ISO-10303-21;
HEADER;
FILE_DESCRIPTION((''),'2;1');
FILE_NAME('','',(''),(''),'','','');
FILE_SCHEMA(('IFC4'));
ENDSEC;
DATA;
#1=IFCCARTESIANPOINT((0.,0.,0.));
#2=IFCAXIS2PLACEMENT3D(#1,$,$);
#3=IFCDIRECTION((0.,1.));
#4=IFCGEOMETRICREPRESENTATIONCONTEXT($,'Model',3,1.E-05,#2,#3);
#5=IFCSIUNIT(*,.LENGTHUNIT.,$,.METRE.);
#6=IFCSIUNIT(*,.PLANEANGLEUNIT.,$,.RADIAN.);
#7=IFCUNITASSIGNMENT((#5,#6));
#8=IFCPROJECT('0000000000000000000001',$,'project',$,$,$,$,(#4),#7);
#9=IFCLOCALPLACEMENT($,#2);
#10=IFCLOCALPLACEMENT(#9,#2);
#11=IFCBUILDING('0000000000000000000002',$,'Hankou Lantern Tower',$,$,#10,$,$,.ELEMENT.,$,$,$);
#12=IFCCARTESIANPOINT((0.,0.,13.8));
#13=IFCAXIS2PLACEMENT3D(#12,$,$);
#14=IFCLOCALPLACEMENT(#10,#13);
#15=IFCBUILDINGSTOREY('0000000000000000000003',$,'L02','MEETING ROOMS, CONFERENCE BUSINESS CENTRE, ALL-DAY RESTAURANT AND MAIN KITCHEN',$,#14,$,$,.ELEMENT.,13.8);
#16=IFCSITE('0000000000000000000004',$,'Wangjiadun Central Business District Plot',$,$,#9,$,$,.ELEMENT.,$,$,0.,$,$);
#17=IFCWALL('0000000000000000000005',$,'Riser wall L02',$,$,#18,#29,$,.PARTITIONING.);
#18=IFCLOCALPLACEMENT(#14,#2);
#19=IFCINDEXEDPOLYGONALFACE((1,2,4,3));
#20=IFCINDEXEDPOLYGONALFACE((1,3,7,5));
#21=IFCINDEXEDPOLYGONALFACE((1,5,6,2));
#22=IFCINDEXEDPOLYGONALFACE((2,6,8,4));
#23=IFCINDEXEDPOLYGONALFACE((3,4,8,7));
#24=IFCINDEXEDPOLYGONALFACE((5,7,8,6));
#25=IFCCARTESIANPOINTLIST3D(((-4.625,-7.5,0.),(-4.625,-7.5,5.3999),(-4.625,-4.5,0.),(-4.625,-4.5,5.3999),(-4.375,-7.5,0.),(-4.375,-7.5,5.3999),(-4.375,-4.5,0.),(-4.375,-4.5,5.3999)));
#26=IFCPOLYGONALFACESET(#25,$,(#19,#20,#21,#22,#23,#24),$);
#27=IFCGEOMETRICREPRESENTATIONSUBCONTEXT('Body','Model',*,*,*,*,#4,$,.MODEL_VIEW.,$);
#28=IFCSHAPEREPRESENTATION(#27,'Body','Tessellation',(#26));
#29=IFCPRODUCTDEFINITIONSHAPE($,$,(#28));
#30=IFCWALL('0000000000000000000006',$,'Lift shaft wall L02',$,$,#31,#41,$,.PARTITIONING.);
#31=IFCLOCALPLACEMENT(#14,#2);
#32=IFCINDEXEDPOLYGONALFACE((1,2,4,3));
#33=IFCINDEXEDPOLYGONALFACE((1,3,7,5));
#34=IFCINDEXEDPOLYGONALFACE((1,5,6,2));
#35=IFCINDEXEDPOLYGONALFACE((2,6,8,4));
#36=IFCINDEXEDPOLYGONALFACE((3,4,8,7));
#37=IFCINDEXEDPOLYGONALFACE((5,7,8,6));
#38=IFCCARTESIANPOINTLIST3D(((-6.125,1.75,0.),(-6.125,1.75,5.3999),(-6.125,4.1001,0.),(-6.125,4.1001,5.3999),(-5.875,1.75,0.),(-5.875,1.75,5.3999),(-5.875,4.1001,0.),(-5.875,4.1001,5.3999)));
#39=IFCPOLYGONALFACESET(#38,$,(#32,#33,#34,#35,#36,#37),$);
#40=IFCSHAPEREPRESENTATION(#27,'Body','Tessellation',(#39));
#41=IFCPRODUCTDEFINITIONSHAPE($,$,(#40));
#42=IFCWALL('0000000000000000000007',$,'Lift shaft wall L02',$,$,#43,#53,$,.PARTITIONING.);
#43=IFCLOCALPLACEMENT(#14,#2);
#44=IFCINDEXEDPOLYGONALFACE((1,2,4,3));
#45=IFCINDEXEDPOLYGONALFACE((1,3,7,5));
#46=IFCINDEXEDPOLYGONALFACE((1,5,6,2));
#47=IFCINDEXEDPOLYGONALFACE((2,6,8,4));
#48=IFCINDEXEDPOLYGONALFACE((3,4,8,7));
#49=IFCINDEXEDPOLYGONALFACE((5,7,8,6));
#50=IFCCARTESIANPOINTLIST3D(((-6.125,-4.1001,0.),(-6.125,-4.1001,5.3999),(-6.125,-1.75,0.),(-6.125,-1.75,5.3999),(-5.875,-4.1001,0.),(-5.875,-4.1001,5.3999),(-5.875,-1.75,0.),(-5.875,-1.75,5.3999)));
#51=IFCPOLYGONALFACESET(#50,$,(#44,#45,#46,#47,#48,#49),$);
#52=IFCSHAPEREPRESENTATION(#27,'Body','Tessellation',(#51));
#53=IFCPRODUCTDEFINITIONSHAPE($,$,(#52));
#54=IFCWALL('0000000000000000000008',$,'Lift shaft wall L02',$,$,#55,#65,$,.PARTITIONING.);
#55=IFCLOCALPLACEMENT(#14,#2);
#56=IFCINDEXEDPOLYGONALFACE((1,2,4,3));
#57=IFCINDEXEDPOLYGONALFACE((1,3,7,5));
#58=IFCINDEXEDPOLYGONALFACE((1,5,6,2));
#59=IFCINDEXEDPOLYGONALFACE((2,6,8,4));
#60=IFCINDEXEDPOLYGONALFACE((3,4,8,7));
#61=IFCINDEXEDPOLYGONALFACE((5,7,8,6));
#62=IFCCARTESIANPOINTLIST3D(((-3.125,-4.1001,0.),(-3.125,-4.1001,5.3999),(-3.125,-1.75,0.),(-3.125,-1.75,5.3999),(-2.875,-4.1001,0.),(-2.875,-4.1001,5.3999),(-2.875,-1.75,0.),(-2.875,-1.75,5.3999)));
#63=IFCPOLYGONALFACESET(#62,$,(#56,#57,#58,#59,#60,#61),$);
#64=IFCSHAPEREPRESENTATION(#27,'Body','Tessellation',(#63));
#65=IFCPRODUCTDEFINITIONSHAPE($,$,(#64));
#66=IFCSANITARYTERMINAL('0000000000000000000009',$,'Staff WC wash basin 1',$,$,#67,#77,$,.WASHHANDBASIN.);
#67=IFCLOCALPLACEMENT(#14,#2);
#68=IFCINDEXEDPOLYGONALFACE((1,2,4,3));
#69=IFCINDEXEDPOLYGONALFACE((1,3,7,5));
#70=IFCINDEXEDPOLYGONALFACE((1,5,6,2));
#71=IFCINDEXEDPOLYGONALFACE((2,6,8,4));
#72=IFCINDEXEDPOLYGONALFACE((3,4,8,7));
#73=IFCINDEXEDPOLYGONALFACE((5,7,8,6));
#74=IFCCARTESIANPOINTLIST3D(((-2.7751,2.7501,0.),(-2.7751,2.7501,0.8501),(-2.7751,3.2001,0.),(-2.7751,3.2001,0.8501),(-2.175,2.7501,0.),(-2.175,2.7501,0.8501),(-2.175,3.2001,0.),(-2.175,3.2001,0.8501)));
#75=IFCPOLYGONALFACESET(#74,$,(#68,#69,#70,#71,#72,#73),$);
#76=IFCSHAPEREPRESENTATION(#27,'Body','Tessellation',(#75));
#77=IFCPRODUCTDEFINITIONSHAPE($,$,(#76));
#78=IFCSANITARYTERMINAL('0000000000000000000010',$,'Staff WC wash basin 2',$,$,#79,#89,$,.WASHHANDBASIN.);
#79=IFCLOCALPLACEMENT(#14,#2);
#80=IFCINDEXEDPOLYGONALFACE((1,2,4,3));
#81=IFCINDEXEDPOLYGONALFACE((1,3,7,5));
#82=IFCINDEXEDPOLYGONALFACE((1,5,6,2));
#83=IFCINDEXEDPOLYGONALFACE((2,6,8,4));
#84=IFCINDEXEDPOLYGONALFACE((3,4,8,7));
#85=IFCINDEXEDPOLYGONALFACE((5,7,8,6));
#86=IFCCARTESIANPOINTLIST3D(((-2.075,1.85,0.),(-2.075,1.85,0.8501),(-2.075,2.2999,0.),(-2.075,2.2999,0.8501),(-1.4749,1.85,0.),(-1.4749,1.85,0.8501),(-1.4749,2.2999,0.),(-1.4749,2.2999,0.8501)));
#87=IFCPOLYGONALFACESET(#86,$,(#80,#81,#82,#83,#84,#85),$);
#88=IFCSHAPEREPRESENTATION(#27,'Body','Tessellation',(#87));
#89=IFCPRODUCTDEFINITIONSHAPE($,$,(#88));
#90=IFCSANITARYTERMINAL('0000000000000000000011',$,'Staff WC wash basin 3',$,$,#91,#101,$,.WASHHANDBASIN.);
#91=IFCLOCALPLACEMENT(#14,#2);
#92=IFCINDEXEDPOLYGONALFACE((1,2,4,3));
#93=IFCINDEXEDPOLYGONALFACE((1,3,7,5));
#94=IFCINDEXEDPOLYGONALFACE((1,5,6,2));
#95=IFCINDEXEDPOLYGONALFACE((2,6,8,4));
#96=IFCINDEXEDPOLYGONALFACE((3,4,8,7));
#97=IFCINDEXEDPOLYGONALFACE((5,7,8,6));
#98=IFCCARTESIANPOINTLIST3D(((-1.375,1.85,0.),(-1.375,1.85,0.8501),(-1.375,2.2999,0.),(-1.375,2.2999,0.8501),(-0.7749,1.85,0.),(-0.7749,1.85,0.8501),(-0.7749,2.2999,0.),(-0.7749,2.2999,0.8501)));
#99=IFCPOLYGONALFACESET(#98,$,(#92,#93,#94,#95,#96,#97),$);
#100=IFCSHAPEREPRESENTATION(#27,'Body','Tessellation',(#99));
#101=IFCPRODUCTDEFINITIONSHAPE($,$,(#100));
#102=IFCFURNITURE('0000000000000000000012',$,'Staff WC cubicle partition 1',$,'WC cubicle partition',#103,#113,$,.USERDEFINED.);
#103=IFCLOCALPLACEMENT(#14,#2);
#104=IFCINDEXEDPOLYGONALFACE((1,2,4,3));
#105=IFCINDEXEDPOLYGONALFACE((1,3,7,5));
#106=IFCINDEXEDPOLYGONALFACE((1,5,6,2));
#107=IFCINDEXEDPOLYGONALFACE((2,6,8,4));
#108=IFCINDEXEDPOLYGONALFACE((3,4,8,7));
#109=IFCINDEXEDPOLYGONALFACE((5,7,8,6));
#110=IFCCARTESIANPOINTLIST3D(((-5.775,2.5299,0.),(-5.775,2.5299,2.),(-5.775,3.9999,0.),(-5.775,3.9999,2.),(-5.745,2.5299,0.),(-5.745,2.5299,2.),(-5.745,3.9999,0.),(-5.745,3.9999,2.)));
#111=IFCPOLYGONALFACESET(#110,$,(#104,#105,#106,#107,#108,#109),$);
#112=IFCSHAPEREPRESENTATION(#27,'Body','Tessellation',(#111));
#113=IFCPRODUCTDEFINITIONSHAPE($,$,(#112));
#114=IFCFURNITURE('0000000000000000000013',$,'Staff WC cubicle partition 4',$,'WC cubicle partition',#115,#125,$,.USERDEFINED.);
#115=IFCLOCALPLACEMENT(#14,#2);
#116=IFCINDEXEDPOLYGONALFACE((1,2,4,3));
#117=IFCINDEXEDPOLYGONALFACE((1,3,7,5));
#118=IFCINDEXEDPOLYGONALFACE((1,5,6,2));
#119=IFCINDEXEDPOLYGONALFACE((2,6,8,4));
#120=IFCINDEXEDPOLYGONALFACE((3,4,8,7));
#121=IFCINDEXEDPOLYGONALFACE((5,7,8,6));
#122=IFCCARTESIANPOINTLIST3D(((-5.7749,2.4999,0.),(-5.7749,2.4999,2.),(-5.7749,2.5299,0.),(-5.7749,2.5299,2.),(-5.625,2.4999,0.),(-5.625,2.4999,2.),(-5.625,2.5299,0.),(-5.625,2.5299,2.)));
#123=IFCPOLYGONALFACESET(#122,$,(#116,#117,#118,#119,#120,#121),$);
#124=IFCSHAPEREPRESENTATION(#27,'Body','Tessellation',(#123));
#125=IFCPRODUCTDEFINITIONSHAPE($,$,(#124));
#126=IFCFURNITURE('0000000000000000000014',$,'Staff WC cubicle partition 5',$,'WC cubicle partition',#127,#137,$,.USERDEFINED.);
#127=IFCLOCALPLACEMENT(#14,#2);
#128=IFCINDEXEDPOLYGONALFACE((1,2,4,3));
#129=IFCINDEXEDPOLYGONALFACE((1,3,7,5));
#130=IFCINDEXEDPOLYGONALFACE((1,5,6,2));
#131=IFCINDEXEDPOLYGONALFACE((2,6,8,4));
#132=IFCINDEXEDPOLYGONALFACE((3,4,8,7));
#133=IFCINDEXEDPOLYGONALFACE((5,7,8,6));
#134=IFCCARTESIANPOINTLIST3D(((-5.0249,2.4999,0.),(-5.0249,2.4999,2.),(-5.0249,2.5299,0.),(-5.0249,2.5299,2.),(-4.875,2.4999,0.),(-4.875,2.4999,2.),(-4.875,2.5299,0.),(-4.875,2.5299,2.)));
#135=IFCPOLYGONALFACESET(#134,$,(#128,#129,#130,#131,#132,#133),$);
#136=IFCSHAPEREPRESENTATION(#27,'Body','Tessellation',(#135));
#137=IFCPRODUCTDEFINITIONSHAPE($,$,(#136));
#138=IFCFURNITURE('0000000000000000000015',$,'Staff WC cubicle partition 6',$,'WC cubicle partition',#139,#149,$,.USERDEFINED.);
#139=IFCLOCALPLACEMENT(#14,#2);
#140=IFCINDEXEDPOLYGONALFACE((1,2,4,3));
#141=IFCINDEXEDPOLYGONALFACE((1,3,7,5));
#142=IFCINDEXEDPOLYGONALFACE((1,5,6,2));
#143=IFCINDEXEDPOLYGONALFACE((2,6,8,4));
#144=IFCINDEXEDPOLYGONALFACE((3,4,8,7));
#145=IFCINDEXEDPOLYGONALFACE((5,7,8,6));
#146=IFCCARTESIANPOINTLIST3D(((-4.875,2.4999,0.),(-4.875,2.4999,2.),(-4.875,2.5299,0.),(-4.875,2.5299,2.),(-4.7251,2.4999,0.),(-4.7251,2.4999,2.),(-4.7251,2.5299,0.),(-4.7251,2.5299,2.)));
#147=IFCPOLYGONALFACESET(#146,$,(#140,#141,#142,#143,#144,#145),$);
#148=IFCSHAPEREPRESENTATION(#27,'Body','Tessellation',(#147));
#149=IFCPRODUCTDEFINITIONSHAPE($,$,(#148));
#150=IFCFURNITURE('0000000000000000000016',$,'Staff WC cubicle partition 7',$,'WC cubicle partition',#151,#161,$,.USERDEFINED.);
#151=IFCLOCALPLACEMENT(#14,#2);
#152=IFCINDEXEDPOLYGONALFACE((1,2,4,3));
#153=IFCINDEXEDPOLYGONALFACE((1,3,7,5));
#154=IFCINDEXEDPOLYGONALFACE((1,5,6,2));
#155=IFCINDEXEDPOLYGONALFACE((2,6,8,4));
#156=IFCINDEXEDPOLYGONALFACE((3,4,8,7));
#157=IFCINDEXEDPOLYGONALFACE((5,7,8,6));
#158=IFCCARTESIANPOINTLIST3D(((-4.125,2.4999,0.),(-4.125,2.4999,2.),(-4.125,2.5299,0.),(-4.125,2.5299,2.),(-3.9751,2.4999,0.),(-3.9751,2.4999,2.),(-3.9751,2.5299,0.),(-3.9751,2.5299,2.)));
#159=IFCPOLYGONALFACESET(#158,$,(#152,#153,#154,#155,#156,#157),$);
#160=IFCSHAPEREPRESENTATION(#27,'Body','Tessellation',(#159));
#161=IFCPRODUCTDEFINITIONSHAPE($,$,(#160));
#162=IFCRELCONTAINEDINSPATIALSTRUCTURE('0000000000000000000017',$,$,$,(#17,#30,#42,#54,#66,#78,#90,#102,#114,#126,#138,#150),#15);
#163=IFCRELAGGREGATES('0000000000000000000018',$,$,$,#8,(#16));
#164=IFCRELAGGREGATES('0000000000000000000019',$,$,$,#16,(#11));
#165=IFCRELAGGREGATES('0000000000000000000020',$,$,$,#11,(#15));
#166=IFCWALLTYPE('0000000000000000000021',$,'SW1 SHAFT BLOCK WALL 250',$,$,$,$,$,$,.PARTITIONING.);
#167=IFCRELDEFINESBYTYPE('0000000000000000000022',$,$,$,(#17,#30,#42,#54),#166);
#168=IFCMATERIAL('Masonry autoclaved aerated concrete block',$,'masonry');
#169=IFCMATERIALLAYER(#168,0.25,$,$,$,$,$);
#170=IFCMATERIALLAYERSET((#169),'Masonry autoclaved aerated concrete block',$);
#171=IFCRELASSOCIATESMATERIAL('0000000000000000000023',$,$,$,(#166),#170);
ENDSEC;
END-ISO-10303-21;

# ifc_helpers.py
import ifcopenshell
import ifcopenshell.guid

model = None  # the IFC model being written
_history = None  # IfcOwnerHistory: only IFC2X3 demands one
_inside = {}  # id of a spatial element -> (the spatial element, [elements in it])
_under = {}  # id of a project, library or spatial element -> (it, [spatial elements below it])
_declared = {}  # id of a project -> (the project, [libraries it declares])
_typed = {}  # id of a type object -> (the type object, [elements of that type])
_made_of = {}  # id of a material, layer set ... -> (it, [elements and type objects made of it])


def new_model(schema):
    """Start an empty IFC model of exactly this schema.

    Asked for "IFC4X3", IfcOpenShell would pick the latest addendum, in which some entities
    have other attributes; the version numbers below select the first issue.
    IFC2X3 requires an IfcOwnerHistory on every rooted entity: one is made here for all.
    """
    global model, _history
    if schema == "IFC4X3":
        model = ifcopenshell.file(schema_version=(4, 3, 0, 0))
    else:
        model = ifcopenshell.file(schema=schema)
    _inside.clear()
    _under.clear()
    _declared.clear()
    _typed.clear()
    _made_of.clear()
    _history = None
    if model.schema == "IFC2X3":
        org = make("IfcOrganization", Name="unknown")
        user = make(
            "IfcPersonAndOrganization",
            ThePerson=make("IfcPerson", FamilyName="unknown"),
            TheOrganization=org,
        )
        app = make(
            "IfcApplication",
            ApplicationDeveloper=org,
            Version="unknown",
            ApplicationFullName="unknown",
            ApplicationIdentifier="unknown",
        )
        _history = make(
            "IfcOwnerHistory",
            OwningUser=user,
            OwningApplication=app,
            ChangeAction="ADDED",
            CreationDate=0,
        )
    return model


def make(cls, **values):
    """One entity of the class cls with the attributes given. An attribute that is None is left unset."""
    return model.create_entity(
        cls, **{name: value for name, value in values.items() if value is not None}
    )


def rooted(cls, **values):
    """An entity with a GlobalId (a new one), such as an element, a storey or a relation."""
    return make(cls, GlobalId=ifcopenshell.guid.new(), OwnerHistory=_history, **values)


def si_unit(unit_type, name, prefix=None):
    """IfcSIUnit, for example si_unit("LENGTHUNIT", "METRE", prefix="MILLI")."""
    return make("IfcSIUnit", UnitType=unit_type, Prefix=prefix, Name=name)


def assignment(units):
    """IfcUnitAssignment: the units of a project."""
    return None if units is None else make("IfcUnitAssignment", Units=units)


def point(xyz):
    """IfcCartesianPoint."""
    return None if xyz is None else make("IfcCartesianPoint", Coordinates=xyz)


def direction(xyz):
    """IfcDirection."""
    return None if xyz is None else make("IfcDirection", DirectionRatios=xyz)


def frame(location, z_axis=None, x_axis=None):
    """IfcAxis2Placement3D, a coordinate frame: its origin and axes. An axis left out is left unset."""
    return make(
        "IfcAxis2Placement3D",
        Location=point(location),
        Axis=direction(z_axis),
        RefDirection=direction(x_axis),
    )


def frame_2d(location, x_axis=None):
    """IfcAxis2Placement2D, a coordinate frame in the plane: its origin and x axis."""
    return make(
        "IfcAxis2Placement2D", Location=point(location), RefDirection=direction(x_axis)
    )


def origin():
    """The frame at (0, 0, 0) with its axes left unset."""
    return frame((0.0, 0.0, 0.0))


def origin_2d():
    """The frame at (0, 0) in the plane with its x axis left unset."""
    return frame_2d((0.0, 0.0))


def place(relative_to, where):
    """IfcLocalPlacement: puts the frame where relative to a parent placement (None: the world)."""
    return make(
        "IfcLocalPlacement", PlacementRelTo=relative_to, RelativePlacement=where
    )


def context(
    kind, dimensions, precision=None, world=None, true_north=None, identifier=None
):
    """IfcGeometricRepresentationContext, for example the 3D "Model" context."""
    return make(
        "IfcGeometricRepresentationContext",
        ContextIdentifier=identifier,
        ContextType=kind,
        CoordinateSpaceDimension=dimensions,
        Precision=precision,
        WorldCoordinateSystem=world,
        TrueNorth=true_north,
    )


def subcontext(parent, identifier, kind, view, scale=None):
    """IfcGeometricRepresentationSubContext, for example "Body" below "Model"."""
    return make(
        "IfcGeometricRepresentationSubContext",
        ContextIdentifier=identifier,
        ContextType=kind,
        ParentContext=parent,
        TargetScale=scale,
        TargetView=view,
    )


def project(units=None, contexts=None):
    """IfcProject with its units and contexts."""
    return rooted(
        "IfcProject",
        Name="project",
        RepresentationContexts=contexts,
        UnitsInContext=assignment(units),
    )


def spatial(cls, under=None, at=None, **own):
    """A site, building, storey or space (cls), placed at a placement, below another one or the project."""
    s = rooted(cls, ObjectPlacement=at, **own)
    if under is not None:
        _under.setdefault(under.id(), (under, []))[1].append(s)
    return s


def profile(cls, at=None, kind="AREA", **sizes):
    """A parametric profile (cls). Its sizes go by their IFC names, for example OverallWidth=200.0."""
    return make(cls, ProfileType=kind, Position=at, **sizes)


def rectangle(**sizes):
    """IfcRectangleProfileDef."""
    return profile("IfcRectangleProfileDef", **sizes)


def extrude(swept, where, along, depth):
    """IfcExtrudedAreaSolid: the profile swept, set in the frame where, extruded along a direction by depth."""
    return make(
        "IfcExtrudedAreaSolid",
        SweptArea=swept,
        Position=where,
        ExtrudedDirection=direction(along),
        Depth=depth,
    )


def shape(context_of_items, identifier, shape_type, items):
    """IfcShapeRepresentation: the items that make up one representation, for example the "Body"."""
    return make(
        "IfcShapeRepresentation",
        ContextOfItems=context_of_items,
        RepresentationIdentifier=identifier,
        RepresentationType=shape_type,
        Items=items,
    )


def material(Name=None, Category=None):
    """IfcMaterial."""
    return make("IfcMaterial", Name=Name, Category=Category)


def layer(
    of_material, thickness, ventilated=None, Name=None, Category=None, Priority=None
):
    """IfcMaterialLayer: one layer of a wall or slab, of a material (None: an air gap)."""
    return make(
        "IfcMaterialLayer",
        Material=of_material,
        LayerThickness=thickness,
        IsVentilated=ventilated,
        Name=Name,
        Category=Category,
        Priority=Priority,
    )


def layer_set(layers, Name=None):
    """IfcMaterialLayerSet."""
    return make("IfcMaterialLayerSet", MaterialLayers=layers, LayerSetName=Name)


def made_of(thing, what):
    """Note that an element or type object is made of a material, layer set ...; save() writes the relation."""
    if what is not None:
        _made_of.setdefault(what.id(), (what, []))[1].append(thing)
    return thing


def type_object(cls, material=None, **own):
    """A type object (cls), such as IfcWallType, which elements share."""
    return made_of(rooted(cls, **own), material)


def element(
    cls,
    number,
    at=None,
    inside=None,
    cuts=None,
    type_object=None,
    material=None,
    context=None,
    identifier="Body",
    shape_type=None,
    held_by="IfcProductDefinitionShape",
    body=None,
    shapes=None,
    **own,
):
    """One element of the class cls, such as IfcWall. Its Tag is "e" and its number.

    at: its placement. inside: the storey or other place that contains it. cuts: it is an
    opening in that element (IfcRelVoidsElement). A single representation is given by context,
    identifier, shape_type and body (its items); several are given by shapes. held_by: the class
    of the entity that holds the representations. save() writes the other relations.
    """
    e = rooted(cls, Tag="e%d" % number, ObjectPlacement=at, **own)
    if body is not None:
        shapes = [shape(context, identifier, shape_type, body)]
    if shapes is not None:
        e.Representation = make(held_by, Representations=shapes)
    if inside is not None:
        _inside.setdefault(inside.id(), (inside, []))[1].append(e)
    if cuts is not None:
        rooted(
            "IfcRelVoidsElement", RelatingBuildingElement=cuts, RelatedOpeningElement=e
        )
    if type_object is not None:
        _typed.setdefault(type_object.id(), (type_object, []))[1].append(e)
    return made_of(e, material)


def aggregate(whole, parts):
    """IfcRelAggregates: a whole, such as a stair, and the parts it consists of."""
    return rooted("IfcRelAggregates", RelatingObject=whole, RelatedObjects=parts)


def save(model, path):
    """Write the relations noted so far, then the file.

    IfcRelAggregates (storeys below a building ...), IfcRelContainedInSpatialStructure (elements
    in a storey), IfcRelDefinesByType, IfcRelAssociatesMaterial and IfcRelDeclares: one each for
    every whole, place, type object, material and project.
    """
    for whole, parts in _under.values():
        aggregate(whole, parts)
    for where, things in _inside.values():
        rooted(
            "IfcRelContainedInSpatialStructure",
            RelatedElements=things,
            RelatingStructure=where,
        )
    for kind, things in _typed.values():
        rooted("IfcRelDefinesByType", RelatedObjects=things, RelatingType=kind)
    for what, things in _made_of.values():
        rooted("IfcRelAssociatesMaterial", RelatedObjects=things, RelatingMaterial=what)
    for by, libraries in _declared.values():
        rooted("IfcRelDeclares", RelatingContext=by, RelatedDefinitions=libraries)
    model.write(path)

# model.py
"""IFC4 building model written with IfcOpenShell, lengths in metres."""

from ifc_helpers import new_model, si_unit, direction, frame, frame_2d, origin, origin_2d, place, context, subcontext, project, spatial, rectangle, extrude, material, layer, layer_set, type_object, element, save


model = new_model("IFC4")

# Units and contexts
model_context = context("Model", 3, precision=1e-05, world=origin(), true_north=direction((0.0, 1.0)))
body_context = subcontext(model_context, "Body", "Model", "MODEL_VIEW")
ifc_project = project(units=[si_unit("LENGTHUNIT", "METRE"), si_unit("PLANEANGLEUNIT", "RADIAN")], contexts=[model_context])

# Site, building, storey
site_placement = place(None, origin())
site = spatial("IfcSite", under=ifc_project, at=site_placement, Name="Wangjiadun Central Business District Plot", CompositionType="ELEMENT", RefElevation=0.0)
building_placement = place(site_placement, origin())
building = spatial("IfcBuilding", under=site, at=building_placement, Name="Hankou Lantern Tower", CompositionType="ELEMENT")
storey_placement = place(building_placement, frame((0.0, 0.0, 13.8)))
storey = spatial("IfcBuildingStorey", under=building, at=storey_placement, Name="L02", Description="MEETING ROOMS, CONFERENCE BUSINESS CENTRE, ALL-DAY RESTAURANT AND MAIN KITCHEN", CompositionType="ELEMENT", Elevation=13.8)

# Walls
ifc_material_1 = material(Name="Masonry autoclaved aerated concrete block", Category="masonry")
ifc_layer_1 = layer(ifc_material_1, 0.25)
ifc_layer_set_1 = layer_set([ifc_layer_1], Name="Masonry autoclaved aerated concrete block")
wall_type_1 = type_object("IfcWallType", Name="SW1 SHAFT BLOCK WALL 250", PredefinedType="PARTITIONING", material=ifc_layer_set_1)
wall_1_placement = place(storey_placement, frame((-4.5, -7.5, 0.0), z_axis=(0.0, 0.0, 1.0), x_axis=(0.0, 1.0, 0.0)))
element("IfcWall", 1, at=wall_1_placement, inside=storey, type_object=wall_type_1, Name="Riser wall L02", PredefinedType="PARTITIONING", context=body_context, shape_type="SweptSolid", body=[
    extrude(rectangle(XDim=3.0, YDim=0.25, at=frame_2d((1.5, 0.0))), origin(), (0.0, 0.0, 1.0), 5.3999),
])
for number, where, z_axis, x_axis, name in (
    (2, (-6.0, 1.75, 0.0), (0.0, 0.0, 1.0), (0.0, 1.0, 0.0), "Lift shaft wall L02"),
    (3, (-6.0, -4.1001, 0.0), (0.0, 0.0, 1.0), (0.0, 1.0, 0.0), "Lift shaft wall L02"),
    (4, (-3.0, -4.1001, 0.0), (0.0, 0.0, 1.0), (0.0, 1.0, 0.0), "Lift shaft wall L02"),
):
    element("IfcWall", number, at=place(storey_placement, frame(where, z_axis=z_axis, x_axis=x_axis)), inside=storey, type_object=wall_type_1, Name=name, PredefinedType="PARTITIONING", context=body_context, shape_type="SweptSolid", body=[
        extrude(rectangle(XDim=2.3501, YDim=0.25, at=frame_2d((1.175, 0.0))), origin(), (0.0, 0.0, 1.0), 5.3999),
    ])

# Sanitary terminals
for number, where, z_axis, x_axis, name in (
    (5, (-2.4751, 2.9751, 0.0), (0.0, 0.0, 1.0), (1.0, 0.0, 0.0), "Staff WC wash basin 1"),
    (6, (-1.7749, 2.075, 0.0), (0.0, 0.0, 1.0), (1.0, 0.0, 0.0), "Staff WC wash basin 2"),
    (7, (-1.075, 2.075, 0.0), (0.0, 0.0, 1.0), (1.0, 0.0, 0.0), "Staff WC wash basin 3"),
):
    element("IfcSanitaryTerminal", number, at=place(storey_placement, frame(where, z_axis=z_axis, x_axis=x_axis)), inside=storey, Name=name, PredefinedType="WASHHANDBASIN", context=body_context, shape_type="SweptSolid", body=[
        extrude(rectangle(XDim=0.6001, YDim=0.45, at=origin_2d()), origin(), (0.0, 0.0, 1.0), 0.8501),
    ])

# Furniture
furniture_placement = place(storey_placement, frame((-5.76, 3.2649, 0.0), z_axis=(0.0, 0.0, 1.0), x_axis=(1.0, 0.0, 0.0)))
element("IfcFurniture", 8, at=furniture_placement, inside=storey, Name="Staff WC cubicle partition 1", ObjectType="WC cubicle partition", PredefinedType="USERDEFINED", context=body_context, shape_type="SweptSolid", body=[
    extrude(rectangle(XDim=0.03, YDim=1.47, at=origin_2d()), origin(), (0.0, 0.0, 1.0), 2.0),
])
for number, where, z_axis, x_axis, name in (
    (9, (-5.7, 2.5149, 0.0), (0.0, 0.0, 1.0), (1.0, 0.0, 0.0), "Staff WC cubicle partition 4"),
    (10, (-4.95, 2.5149, 0.0), (0.0, 0.0, 1.0), (1.0, 0.0, 0.0), "Staff WC cubicle partition 5"),
    (11, (-4.8, 2.5149, 0.0), (0.0, 0.0, 1.0), (1.0, 0.0, 0.0), "Staff WC cubicle partition 6"),
    (12, (-4.05, 2.5149, 0.0), (0.0, 0.0, 1.0), (1.0, 0.0, 0.0), "Staff WC cubicle partition 7"),
):
    element("IfcFurniture", number, at=place(storey_placement, frame(where, z_axis=z_axis, x_axis=x_axis)), inside=storey, Name=name, ObjectType="WC cubicle partition", PredefinedType="USERDEFINED", context=body_context, shape_type="SweptSolid", body=[
        extrude(rectangle(XDim=0.1499, YDim=0.03, at=origin_2d()), origin(), (0.0, 0.0, 1.0), 2.0),
    ])

save(model, "model.ifc")
